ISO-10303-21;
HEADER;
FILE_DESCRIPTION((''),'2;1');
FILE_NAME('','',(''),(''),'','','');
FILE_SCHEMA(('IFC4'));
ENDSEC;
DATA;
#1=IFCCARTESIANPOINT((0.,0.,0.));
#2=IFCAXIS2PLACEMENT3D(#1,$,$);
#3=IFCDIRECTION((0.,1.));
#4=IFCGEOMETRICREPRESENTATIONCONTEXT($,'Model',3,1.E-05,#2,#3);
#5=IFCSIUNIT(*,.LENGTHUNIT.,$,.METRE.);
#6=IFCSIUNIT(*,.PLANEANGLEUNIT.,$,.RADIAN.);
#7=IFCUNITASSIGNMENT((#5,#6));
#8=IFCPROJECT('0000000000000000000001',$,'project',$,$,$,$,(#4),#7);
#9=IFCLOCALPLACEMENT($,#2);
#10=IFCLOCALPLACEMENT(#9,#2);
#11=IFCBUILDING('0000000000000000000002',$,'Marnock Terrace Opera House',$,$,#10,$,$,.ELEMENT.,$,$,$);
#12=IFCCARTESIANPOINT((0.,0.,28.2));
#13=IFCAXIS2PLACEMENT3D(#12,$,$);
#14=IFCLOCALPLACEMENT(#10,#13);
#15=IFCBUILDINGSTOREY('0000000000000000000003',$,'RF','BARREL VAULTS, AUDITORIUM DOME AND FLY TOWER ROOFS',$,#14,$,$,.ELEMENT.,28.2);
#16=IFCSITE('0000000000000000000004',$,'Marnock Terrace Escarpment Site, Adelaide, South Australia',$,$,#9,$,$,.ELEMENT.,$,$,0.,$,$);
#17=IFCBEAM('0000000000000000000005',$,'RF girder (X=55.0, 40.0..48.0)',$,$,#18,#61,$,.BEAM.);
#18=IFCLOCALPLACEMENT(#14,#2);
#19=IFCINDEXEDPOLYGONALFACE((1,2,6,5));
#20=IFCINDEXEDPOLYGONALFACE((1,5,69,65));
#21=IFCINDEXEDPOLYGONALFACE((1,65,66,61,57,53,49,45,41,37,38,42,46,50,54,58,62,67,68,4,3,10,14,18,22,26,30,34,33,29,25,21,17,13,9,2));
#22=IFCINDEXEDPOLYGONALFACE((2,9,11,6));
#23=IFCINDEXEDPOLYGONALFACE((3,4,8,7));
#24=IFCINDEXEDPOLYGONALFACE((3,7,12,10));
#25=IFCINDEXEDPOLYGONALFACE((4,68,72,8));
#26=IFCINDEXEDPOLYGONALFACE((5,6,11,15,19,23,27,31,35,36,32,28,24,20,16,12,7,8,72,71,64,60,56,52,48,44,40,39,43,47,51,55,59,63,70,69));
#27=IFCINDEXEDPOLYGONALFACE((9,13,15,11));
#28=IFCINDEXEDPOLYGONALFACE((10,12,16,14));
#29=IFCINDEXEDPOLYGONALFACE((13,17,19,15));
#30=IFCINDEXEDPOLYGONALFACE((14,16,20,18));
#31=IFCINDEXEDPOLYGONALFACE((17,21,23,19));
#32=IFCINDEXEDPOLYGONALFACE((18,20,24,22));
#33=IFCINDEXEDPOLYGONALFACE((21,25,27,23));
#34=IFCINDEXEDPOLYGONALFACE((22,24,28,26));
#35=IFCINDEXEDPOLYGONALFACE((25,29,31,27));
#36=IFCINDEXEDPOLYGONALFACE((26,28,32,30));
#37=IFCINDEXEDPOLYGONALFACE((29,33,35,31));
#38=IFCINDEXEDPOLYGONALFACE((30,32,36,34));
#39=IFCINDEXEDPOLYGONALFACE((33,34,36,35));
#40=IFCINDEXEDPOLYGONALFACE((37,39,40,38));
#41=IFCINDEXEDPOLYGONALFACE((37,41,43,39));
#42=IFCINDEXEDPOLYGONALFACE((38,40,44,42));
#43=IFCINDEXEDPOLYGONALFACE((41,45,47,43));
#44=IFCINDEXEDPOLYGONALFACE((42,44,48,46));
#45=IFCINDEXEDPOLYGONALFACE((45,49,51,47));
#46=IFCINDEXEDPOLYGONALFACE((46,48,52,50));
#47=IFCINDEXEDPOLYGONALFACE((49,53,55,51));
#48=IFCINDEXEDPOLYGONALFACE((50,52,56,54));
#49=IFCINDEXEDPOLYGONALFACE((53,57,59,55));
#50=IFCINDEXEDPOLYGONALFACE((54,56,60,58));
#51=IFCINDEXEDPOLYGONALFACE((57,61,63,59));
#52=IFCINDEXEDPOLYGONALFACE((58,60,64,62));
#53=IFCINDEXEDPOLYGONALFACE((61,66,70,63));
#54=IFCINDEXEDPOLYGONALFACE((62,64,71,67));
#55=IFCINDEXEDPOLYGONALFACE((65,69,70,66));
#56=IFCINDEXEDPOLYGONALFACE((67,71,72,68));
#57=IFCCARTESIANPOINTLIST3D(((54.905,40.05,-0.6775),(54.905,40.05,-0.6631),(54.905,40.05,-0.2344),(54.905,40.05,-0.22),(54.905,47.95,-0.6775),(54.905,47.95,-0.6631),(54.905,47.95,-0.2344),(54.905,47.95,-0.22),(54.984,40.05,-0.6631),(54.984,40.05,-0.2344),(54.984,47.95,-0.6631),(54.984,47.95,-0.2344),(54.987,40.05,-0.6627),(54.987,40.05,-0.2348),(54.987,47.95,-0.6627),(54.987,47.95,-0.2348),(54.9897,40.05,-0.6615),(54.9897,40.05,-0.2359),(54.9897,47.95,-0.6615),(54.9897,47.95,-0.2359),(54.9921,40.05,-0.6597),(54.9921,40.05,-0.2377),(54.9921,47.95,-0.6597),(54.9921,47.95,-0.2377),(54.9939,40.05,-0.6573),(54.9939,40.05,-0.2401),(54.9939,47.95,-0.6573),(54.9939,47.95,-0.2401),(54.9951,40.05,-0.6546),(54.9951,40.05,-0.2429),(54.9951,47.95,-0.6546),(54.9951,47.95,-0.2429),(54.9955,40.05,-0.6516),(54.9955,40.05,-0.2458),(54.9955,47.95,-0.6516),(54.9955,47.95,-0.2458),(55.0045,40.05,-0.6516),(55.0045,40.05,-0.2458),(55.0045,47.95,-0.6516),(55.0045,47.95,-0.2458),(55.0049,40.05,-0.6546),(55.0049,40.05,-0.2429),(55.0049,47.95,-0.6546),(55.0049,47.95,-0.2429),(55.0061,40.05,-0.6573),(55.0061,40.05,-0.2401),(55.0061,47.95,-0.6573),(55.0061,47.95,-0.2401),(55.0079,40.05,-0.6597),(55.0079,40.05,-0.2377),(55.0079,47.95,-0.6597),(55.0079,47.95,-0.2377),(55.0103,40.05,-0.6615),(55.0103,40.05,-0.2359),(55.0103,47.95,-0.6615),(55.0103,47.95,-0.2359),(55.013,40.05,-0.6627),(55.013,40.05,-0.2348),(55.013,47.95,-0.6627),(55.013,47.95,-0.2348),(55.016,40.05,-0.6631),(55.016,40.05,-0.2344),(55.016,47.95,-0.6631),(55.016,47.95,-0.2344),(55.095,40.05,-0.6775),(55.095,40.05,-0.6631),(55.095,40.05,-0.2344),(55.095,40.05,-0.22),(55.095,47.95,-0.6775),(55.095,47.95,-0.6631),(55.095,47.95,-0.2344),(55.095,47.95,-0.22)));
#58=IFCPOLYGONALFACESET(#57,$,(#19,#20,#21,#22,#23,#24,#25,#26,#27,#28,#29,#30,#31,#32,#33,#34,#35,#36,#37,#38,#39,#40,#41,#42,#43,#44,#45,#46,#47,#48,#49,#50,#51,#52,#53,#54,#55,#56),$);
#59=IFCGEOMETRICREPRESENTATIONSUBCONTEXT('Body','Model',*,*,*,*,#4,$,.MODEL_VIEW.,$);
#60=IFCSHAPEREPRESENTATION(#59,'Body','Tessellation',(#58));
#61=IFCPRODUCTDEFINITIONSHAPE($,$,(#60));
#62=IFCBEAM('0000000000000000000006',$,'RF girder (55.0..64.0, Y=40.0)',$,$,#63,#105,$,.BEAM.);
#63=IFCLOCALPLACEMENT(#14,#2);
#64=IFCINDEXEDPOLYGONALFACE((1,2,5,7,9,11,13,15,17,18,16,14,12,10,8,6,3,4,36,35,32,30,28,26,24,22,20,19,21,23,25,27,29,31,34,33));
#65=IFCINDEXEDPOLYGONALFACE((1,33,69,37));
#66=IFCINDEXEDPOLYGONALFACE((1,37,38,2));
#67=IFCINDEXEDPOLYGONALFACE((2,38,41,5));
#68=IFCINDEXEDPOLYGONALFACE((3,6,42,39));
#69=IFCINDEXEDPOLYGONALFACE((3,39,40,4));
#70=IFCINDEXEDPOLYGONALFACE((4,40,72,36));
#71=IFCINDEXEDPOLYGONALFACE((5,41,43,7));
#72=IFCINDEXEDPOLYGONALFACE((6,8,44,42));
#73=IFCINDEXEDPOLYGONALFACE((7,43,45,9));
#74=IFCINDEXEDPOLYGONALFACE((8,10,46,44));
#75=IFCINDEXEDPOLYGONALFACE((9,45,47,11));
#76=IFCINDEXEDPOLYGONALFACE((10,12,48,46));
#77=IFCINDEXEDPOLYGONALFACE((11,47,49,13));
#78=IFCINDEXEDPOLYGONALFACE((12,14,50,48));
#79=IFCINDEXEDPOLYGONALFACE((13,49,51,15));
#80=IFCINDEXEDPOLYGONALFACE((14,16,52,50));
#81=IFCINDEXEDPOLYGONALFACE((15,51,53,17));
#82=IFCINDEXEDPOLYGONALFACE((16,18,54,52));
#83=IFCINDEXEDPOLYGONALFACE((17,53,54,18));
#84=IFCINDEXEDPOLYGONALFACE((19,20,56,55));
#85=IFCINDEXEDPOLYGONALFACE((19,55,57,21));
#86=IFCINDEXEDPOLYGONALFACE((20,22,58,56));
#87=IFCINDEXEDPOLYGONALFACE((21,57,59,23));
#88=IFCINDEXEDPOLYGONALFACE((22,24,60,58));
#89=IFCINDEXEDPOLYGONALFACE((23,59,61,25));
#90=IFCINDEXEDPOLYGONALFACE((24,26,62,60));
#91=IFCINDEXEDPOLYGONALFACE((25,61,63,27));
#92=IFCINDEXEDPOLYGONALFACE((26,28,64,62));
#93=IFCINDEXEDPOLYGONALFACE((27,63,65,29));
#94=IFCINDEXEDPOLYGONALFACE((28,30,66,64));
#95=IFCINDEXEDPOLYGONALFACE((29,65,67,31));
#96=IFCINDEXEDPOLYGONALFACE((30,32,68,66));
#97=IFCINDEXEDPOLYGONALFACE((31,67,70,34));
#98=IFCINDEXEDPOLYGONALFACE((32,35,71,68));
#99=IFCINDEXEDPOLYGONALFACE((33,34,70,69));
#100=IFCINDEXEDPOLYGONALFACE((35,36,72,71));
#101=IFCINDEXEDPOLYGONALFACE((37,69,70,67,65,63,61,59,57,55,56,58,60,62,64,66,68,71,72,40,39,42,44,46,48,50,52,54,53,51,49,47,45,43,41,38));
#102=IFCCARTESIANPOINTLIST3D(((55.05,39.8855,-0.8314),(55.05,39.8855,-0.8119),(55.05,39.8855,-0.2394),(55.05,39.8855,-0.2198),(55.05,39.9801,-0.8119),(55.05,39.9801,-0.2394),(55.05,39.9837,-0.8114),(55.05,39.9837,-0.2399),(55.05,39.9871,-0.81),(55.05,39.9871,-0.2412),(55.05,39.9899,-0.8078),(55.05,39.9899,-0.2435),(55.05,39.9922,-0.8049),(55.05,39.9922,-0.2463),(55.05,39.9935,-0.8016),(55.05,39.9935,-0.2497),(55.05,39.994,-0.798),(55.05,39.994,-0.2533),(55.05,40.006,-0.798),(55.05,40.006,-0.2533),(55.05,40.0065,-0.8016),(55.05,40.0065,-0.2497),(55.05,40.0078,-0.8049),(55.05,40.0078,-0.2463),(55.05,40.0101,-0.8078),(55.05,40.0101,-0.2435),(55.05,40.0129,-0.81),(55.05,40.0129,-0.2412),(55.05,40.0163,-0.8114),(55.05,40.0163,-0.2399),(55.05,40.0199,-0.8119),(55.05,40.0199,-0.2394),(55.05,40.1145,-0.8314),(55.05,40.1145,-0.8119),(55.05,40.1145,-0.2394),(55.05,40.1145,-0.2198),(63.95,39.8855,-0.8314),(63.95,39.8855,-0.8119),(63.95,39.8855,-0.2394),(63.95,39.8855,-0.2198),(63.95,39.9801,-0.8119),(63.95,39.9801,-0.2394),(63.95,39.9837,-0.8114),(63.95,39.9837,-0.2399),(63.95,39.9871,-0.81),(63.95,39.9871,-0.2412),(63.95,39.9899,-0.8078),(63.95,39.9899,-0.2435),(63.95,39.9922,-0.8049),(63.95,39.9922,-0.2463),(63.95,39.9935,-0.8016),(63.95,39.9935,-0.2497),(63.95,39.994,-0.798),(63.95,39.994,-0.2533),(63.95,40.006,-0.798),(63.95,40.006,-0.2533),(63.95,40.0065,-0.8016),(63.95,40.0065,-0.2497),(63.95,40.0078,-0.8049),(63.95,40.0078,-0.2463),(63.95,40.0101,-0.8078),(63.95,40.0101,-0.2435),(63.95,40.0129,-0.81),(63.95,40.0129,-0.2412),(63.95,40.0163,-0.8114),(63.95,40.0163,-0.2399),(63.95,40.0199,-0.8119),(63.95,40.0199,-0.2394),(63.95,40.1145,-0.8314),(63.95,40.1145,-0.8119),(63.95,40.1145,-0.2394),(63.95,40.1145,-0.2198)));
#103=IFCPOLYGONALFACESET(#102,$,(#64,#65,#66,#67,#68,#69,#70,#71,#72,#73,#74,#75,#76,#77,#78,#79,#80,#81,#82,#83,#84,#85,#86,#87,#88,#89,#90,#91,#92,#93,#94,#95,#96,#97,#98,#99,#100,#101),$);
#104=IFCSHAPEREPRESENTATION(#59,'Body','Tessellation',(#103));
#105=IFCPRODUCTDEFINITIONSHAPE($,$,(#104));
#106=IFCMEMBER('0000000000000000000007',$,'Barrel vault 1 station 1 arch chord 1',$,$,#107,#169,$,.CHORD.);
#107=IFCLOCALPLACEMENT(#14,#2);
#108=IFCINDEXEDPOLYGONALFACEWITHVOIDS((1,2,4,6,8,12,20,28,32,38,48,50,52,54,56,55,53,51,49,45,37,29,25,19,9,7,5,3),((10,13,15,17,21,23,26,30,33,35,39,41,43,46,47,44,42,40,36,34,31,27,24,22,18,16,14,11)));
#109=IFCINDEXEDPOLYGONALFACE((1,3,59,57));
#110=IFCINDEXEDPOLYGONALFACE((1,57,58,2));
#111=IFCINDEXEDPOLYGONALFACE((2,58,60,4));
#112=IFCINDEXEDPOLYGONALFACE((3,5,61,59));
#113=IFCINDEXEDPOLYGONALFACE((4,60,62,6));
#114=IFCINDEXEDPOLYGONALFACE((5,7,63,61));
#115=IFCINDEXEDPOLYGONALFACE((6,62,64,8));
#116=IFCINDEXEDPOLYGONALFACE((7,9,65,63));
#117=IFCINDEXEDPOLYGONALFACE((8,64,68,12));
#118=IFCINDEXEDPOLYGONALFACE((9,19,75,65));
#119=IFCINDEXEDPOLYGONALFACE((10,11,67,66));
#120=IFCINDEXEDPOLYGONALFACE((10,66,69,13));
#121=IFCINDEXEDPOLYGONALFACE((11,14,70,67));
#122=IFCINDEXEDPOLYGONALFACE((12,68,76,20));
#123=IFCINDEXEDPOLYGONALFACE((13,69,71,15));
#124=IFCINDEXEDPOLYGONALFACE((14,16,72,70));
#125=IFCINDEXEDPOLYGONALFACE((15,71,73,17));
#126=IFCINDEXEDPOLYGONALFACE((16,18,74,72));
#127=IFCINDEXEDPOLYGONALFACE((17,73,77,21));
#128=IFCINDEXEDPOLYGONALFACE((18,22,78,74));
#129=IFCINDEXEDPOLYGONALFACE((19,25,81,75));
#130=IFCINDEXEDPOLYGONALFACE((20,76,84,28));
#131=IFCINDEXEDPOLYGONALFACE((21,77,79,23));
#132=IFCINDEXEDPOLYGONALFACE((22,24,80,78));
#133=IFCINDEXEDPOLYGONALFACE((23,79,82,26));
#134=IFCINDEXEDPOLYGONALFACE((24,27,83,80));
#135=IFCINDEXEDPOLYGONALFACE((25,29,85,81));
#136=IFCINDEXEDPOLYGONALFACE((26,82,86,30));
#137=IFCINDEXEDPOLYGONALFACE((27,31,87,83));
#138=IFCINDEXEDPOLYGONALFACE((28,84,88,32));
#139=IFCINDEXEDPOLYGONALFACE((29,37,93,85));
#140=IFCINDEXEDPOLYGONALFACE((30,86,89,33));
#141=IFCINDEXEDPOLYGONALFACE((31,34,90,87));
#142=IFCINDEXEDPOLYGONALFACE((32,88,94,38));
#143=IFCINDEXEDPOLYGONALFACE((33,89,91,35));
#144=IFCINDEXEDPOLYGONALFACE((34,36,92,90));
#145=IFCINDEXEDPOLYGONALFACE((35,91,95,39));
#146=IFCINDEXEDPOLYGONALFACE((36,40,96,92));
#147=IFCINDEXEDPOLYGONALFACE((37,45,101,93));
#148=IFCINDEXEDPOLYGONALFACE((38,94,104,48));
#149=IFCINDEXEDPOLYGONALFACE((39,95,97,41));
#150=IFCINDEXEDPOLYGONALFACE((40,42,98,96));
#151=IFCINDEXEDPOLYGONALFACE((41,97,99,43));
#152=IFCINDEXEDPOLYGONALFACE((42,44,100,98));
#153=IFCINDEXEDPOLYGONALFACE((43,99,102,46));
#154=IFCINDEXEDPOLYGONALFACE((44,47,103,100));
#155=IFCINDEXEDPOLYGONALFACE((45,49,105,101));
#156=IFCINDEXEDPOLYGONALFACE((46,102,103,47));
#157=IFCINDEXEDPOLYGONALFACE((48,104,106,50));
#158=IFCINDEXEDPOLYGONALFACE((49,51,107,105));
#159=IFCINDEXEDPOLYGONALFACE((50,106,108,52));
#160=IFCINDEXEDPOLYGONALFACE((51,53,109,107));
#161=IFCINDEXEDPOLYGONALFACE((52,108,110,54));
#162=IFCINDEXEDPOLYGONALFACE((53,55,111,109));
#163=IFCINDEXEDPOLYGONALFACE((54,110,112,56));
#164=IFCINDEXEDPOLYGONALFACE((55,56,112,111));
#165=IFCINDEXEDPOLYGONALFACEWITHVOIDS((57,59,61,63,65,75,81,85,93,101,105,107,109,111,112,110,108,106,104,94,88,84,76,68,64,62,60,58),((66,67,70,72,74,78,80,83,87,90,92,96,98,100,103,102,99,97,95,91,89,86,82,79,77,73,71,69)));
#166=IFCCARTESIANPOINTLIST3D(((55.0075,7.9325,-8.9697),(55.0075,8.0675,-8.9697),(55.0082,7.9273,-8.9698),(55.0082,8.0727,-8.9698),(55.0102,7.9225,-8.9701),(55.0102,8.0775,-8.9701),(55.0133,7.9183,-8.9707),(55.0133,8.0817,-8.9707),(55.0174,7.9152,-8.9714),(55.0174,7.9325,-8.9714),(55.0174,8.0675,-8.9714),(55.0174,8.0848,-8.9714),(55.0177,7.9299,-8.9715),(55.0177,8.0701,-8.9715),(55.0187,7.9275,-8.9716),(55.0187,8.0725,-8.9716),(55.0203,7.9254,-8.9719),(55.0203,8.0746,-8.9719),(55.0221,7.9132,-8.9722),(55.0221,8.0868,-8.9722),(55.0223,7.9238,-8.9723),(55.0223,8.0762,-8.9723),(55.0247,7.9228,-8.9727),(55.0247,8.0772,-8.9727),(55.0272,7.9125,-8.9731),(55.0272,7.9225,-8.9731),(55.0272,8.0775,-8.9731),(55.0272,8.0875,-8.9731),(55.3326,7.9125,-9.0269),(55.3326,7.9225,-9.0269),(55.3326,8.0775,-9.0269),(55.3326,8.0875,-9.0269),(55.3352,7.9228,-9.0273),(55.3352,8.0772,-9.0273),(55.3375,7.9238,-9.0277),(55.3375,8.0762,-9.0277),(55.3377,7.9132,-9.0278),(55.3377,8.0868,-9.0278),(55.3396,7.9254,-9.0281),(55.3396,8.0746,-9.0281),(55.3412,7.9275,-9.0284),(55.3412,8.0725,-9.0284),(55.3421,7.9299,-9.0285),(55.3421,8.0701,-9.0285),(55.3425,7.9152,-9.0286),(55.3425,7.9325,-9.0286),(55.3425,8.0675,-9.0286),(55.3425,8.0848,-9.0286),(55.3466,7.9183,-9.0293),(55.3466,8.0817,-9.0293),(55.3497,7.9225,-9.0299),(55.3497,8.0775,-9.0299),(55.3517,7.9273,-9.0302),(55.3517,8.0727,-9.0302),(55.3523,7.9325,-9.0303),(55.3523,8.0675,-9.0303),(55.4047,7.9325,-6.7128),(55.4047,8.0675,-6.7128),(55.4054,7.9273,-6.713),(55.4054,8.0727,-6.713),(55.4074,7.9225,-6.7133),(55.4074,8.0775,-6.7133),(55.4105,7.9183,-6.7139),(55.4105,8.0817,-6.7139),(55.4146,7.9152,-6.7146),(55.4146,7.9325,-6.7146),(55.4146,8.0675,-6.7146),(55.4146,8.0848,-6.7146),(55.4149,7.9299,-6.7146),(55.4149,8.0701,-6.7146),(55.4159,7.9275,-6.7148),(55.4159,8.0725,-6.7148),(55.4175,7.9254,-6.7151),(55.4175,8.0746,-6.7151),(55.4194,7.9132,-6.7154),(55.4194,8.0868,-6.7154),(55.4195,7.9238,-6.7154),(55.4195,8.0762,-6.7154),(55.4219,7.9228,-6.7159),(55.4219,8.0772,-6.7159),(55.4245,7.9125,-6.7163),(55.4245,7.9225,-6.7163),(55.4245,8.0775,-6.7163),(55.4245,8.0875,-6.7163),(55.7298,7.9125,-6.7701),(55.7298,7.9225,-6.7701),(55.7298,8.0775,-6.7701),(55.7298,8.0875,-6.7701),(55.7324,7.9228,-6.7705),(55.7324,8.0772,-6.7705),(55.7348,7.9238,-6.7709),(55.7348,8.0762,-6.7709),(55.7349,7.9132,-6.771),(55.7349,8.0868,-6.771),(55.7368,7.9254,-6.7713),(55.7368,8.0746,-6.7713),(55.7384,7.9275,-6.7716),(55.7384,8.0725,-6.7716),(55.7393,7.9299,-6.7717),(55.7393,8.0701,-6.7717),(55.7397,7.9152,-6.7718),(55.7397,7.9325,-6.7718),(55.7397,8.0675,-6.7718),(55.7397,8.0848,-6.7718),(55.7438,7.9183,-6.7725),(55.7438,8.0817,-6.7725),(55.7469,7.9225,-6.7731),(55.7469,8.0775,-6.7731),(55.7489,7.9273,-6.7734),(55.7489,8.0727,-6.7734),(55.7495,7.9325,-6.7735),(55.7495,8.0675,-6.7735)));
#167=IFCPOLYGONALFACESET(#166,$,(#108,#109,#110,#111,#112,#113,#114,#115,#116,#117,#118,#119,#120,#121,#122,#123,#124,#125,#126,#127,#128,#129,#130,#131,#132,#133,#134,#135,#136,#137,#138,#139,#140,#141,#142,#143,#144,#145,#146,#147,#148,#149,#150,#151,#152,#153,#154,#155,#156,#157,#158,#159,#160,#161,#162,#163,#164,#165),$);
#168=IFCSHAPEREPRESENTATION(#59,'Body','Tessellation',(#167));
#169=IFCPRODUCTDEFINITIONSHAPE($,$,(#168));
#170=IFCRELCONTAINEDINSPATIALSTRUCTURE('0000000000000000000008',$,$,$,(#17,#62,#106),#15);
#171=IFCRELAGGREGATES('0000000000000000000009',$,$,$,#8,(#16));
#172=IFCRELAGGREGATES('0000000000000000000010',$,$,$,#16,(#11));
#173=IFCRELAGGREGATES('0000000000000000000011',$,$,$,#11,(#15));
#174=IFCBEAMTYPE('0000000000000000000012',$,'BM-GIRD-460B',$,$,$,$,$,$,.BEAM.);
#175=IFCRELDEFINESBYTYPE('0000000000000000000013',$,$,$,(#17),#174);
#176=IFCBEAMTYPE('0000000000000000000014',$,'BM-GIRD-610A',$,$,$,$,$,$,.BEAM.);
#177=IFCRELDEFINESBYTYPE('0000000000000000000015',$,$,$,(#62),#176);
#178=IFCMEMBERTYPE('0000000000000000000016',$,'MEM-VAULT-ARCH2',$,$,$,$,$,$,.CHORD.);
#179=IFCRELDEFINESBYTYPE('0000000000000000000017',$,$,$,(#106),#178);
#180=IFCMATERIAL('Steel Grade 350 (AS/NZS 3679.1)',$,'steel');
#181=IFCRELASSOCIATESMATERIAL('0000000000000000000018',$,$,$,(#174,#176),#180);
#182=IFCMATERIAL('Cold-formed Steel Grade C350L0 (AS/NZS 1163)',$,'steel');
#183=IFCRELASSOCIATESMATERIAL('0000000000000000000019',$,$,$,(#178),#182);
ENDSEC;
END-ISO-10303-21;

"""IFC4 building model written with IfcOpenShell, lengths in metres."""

from ifc_helpers import new_model, si_unit, direction, frame, origin, origin_2d, place, context, subcontext, project, spatial, hollow_rectangle, i_section, extrude, material, material_profile, profile_set, type_object, element, save


model = new_model("IFC4")

# Units and contexts
model_context = context("Model", 3, precision=1e-05, world=origin(), true_north=direction((0.0, 1.0)))
body_context = subcontext(model_context, "Body", "Model", "MODEL_VIEW")
ifc_project = project(units=[si_unit("LENGTHUNIT", "METRE"), si_unit("PLANEANGLEUNIT", "RADIAN")], contexts=[model_context])

# Site, building, storey
site_placement = place(None, origin())
site = spatial("IfcSite", under=ifc_project, at=site_placement, Name="Marnock Terrace Escarpment Site, Adelaide, South Australia", CompositionType="ELEMENT", RefElevation=0.0)
building_placement = place(site_placement, origin())
building = spatial("IfcBuilding", under=site, at=building_placement, Name="Marnock Terrace Opera House", CompositionType="ELEMENT")
storey_placement = place(building_placement, frame((0.0, 0.0, 28.2)))
storey = spatial("IfcBuildingStorey", under=building, at=storey_placement, Name="RF", Description="BARREL VAULTS, AUDITORIUM DOME AND FLY TOWER ROOFS", CompositionType="ELEMENT", Elevation=28.2)

# Beams
ifc_material_1 = material(Name="Steel Grade 350 (AS/NZS 3679.1)", Category="steel")
ifc_material_profile_1 = material_profile(ifc_material_1, i_section(OverallWidth=0.1899, OverallDepth=0.4575, WebThickness=0.009, FlangeThickness=0.0144, FilletRadius=0.0115, at=origin_2d()))
ifc_profile_set_1 = profile_set([ifc_material_profile_1], Name="Steel Grade 350 (AS/NZS 3679.1)")
beam_type_1 = type_object("IfcBeamType", Name="BM-GIRD-460B", PredefinedType="BEAM", material=ifc_profile_set_1)
beam_1_placement = place(storey_placement, frame((55.0, 40.05, -0.4487), z_axis=(0.0, 1.0, 0.0), x_axis=(-1.0, 0.0, 0.0)))
element("IfcBeam", 1, at=beam_1_placement, inside=storey, type_object=beam_type_1, Name="RF girder (X=55.0, 40.0..48.0)", PredefinedType="BEAM", context=body_context, shape_type="SweptSolid", body=[
    extrude(i_section(OverallWidth=0.1899, OverallDepth=0.4575, WebThickness=0.009, FlangeThickness=0.0144, FilletRadius=0.0115, at=origin_2d()), origin(), (0.0, 0.0, 1.0), 7.8999),
])
ifc_material_profile_2 = material_profile(ifc_material_1, i_section(OverallWidth=0.229, OverallDepth=0.6116, WebThickness=0.012, FlangeThickness=0.0195, FilletRadius=0.0139, at=origin_2d()))
ifc_profile_set_2 = profile_set([ifc_material_profile_2], Name="Steel Grade 350 (AS/NZS 3679.1)")
beam_type_2 = type_object("IfcBeamType", Name="BM-GIRD-610A", PredefinedType="BEAM", material=ifc_profile_set_2)
beam_2_placement = place(storey_placement, frame((55.05, 40.0, -0.5256), z_axis=(1.0, 0.0, 0.0), x_axis=(0.0, 1.0, 0.0)))
element("IfcBeam", 2, at=beam_2_placement, inside=storey, type_object=beam_type_2, Name="RF girder (55.0..64.0, Y=40.0)", PredefinedType="BEAM", context=body_context, shape_type="SweptSolid", body=[
    extrude(i_section(OverallWidth=0.229, OverallDepth=0.6116, WebThickness=0.012, FlangeThickness=0.0195, FilletRadius=0.0139, at=origin_2d()), origin(), (0.0, 0.0, 1.0), 8.8999),
])

# Member
ifc_material_2 = material(Name="Cold-formed Steel Grade C350L0 (AS/NZS 1163)", Category="steel")
ifc_material_profile_3 = material_profile(ifc_material_2, hollow_rectangle(XDim=0.175, YDim=0.3501, WallThickness=0.01, InnerFilletRadius=0.01, OuterFilletRadius=0.02, at=origin_2d()))
ifc_profile_set_3 = profile_set([ifc_material_profile_3], Name="Cold-formed Steel Grade C350L0 (AS/NZS 1163)")
member_type = type_object("IfcMemberType", Name="MEM-VAULT-ARCH2", PredefinedType="CHORD", material=ifc_profile_set_3)
member_1_placement = place(storey_placement, frame((55.1799, 8.0, -9.0), z_axis=(0.173342, 0.0, 0.984862), x_axis=(0.0, 1.0, 0.0)))
element("IfcMember", 3, at=member_1_placement, inside=storey, type_object=member_type, Name="Barrel vault 1 station 1 arch chord 1", PredefinedType="CHORD", context=body_context, shape_type="SweptSolid", body=[
    extrude(hollow_rectangle(XDim=0.175, YDim=0.3501, WallThickness=0.01, InnerFilletRadius=0.01, OuterFilletRadius=0.02, at=origin_2d()), origin(), (0.0, 0.0, 1.0), 2.2915),
])

save(model, "model.ifc")
